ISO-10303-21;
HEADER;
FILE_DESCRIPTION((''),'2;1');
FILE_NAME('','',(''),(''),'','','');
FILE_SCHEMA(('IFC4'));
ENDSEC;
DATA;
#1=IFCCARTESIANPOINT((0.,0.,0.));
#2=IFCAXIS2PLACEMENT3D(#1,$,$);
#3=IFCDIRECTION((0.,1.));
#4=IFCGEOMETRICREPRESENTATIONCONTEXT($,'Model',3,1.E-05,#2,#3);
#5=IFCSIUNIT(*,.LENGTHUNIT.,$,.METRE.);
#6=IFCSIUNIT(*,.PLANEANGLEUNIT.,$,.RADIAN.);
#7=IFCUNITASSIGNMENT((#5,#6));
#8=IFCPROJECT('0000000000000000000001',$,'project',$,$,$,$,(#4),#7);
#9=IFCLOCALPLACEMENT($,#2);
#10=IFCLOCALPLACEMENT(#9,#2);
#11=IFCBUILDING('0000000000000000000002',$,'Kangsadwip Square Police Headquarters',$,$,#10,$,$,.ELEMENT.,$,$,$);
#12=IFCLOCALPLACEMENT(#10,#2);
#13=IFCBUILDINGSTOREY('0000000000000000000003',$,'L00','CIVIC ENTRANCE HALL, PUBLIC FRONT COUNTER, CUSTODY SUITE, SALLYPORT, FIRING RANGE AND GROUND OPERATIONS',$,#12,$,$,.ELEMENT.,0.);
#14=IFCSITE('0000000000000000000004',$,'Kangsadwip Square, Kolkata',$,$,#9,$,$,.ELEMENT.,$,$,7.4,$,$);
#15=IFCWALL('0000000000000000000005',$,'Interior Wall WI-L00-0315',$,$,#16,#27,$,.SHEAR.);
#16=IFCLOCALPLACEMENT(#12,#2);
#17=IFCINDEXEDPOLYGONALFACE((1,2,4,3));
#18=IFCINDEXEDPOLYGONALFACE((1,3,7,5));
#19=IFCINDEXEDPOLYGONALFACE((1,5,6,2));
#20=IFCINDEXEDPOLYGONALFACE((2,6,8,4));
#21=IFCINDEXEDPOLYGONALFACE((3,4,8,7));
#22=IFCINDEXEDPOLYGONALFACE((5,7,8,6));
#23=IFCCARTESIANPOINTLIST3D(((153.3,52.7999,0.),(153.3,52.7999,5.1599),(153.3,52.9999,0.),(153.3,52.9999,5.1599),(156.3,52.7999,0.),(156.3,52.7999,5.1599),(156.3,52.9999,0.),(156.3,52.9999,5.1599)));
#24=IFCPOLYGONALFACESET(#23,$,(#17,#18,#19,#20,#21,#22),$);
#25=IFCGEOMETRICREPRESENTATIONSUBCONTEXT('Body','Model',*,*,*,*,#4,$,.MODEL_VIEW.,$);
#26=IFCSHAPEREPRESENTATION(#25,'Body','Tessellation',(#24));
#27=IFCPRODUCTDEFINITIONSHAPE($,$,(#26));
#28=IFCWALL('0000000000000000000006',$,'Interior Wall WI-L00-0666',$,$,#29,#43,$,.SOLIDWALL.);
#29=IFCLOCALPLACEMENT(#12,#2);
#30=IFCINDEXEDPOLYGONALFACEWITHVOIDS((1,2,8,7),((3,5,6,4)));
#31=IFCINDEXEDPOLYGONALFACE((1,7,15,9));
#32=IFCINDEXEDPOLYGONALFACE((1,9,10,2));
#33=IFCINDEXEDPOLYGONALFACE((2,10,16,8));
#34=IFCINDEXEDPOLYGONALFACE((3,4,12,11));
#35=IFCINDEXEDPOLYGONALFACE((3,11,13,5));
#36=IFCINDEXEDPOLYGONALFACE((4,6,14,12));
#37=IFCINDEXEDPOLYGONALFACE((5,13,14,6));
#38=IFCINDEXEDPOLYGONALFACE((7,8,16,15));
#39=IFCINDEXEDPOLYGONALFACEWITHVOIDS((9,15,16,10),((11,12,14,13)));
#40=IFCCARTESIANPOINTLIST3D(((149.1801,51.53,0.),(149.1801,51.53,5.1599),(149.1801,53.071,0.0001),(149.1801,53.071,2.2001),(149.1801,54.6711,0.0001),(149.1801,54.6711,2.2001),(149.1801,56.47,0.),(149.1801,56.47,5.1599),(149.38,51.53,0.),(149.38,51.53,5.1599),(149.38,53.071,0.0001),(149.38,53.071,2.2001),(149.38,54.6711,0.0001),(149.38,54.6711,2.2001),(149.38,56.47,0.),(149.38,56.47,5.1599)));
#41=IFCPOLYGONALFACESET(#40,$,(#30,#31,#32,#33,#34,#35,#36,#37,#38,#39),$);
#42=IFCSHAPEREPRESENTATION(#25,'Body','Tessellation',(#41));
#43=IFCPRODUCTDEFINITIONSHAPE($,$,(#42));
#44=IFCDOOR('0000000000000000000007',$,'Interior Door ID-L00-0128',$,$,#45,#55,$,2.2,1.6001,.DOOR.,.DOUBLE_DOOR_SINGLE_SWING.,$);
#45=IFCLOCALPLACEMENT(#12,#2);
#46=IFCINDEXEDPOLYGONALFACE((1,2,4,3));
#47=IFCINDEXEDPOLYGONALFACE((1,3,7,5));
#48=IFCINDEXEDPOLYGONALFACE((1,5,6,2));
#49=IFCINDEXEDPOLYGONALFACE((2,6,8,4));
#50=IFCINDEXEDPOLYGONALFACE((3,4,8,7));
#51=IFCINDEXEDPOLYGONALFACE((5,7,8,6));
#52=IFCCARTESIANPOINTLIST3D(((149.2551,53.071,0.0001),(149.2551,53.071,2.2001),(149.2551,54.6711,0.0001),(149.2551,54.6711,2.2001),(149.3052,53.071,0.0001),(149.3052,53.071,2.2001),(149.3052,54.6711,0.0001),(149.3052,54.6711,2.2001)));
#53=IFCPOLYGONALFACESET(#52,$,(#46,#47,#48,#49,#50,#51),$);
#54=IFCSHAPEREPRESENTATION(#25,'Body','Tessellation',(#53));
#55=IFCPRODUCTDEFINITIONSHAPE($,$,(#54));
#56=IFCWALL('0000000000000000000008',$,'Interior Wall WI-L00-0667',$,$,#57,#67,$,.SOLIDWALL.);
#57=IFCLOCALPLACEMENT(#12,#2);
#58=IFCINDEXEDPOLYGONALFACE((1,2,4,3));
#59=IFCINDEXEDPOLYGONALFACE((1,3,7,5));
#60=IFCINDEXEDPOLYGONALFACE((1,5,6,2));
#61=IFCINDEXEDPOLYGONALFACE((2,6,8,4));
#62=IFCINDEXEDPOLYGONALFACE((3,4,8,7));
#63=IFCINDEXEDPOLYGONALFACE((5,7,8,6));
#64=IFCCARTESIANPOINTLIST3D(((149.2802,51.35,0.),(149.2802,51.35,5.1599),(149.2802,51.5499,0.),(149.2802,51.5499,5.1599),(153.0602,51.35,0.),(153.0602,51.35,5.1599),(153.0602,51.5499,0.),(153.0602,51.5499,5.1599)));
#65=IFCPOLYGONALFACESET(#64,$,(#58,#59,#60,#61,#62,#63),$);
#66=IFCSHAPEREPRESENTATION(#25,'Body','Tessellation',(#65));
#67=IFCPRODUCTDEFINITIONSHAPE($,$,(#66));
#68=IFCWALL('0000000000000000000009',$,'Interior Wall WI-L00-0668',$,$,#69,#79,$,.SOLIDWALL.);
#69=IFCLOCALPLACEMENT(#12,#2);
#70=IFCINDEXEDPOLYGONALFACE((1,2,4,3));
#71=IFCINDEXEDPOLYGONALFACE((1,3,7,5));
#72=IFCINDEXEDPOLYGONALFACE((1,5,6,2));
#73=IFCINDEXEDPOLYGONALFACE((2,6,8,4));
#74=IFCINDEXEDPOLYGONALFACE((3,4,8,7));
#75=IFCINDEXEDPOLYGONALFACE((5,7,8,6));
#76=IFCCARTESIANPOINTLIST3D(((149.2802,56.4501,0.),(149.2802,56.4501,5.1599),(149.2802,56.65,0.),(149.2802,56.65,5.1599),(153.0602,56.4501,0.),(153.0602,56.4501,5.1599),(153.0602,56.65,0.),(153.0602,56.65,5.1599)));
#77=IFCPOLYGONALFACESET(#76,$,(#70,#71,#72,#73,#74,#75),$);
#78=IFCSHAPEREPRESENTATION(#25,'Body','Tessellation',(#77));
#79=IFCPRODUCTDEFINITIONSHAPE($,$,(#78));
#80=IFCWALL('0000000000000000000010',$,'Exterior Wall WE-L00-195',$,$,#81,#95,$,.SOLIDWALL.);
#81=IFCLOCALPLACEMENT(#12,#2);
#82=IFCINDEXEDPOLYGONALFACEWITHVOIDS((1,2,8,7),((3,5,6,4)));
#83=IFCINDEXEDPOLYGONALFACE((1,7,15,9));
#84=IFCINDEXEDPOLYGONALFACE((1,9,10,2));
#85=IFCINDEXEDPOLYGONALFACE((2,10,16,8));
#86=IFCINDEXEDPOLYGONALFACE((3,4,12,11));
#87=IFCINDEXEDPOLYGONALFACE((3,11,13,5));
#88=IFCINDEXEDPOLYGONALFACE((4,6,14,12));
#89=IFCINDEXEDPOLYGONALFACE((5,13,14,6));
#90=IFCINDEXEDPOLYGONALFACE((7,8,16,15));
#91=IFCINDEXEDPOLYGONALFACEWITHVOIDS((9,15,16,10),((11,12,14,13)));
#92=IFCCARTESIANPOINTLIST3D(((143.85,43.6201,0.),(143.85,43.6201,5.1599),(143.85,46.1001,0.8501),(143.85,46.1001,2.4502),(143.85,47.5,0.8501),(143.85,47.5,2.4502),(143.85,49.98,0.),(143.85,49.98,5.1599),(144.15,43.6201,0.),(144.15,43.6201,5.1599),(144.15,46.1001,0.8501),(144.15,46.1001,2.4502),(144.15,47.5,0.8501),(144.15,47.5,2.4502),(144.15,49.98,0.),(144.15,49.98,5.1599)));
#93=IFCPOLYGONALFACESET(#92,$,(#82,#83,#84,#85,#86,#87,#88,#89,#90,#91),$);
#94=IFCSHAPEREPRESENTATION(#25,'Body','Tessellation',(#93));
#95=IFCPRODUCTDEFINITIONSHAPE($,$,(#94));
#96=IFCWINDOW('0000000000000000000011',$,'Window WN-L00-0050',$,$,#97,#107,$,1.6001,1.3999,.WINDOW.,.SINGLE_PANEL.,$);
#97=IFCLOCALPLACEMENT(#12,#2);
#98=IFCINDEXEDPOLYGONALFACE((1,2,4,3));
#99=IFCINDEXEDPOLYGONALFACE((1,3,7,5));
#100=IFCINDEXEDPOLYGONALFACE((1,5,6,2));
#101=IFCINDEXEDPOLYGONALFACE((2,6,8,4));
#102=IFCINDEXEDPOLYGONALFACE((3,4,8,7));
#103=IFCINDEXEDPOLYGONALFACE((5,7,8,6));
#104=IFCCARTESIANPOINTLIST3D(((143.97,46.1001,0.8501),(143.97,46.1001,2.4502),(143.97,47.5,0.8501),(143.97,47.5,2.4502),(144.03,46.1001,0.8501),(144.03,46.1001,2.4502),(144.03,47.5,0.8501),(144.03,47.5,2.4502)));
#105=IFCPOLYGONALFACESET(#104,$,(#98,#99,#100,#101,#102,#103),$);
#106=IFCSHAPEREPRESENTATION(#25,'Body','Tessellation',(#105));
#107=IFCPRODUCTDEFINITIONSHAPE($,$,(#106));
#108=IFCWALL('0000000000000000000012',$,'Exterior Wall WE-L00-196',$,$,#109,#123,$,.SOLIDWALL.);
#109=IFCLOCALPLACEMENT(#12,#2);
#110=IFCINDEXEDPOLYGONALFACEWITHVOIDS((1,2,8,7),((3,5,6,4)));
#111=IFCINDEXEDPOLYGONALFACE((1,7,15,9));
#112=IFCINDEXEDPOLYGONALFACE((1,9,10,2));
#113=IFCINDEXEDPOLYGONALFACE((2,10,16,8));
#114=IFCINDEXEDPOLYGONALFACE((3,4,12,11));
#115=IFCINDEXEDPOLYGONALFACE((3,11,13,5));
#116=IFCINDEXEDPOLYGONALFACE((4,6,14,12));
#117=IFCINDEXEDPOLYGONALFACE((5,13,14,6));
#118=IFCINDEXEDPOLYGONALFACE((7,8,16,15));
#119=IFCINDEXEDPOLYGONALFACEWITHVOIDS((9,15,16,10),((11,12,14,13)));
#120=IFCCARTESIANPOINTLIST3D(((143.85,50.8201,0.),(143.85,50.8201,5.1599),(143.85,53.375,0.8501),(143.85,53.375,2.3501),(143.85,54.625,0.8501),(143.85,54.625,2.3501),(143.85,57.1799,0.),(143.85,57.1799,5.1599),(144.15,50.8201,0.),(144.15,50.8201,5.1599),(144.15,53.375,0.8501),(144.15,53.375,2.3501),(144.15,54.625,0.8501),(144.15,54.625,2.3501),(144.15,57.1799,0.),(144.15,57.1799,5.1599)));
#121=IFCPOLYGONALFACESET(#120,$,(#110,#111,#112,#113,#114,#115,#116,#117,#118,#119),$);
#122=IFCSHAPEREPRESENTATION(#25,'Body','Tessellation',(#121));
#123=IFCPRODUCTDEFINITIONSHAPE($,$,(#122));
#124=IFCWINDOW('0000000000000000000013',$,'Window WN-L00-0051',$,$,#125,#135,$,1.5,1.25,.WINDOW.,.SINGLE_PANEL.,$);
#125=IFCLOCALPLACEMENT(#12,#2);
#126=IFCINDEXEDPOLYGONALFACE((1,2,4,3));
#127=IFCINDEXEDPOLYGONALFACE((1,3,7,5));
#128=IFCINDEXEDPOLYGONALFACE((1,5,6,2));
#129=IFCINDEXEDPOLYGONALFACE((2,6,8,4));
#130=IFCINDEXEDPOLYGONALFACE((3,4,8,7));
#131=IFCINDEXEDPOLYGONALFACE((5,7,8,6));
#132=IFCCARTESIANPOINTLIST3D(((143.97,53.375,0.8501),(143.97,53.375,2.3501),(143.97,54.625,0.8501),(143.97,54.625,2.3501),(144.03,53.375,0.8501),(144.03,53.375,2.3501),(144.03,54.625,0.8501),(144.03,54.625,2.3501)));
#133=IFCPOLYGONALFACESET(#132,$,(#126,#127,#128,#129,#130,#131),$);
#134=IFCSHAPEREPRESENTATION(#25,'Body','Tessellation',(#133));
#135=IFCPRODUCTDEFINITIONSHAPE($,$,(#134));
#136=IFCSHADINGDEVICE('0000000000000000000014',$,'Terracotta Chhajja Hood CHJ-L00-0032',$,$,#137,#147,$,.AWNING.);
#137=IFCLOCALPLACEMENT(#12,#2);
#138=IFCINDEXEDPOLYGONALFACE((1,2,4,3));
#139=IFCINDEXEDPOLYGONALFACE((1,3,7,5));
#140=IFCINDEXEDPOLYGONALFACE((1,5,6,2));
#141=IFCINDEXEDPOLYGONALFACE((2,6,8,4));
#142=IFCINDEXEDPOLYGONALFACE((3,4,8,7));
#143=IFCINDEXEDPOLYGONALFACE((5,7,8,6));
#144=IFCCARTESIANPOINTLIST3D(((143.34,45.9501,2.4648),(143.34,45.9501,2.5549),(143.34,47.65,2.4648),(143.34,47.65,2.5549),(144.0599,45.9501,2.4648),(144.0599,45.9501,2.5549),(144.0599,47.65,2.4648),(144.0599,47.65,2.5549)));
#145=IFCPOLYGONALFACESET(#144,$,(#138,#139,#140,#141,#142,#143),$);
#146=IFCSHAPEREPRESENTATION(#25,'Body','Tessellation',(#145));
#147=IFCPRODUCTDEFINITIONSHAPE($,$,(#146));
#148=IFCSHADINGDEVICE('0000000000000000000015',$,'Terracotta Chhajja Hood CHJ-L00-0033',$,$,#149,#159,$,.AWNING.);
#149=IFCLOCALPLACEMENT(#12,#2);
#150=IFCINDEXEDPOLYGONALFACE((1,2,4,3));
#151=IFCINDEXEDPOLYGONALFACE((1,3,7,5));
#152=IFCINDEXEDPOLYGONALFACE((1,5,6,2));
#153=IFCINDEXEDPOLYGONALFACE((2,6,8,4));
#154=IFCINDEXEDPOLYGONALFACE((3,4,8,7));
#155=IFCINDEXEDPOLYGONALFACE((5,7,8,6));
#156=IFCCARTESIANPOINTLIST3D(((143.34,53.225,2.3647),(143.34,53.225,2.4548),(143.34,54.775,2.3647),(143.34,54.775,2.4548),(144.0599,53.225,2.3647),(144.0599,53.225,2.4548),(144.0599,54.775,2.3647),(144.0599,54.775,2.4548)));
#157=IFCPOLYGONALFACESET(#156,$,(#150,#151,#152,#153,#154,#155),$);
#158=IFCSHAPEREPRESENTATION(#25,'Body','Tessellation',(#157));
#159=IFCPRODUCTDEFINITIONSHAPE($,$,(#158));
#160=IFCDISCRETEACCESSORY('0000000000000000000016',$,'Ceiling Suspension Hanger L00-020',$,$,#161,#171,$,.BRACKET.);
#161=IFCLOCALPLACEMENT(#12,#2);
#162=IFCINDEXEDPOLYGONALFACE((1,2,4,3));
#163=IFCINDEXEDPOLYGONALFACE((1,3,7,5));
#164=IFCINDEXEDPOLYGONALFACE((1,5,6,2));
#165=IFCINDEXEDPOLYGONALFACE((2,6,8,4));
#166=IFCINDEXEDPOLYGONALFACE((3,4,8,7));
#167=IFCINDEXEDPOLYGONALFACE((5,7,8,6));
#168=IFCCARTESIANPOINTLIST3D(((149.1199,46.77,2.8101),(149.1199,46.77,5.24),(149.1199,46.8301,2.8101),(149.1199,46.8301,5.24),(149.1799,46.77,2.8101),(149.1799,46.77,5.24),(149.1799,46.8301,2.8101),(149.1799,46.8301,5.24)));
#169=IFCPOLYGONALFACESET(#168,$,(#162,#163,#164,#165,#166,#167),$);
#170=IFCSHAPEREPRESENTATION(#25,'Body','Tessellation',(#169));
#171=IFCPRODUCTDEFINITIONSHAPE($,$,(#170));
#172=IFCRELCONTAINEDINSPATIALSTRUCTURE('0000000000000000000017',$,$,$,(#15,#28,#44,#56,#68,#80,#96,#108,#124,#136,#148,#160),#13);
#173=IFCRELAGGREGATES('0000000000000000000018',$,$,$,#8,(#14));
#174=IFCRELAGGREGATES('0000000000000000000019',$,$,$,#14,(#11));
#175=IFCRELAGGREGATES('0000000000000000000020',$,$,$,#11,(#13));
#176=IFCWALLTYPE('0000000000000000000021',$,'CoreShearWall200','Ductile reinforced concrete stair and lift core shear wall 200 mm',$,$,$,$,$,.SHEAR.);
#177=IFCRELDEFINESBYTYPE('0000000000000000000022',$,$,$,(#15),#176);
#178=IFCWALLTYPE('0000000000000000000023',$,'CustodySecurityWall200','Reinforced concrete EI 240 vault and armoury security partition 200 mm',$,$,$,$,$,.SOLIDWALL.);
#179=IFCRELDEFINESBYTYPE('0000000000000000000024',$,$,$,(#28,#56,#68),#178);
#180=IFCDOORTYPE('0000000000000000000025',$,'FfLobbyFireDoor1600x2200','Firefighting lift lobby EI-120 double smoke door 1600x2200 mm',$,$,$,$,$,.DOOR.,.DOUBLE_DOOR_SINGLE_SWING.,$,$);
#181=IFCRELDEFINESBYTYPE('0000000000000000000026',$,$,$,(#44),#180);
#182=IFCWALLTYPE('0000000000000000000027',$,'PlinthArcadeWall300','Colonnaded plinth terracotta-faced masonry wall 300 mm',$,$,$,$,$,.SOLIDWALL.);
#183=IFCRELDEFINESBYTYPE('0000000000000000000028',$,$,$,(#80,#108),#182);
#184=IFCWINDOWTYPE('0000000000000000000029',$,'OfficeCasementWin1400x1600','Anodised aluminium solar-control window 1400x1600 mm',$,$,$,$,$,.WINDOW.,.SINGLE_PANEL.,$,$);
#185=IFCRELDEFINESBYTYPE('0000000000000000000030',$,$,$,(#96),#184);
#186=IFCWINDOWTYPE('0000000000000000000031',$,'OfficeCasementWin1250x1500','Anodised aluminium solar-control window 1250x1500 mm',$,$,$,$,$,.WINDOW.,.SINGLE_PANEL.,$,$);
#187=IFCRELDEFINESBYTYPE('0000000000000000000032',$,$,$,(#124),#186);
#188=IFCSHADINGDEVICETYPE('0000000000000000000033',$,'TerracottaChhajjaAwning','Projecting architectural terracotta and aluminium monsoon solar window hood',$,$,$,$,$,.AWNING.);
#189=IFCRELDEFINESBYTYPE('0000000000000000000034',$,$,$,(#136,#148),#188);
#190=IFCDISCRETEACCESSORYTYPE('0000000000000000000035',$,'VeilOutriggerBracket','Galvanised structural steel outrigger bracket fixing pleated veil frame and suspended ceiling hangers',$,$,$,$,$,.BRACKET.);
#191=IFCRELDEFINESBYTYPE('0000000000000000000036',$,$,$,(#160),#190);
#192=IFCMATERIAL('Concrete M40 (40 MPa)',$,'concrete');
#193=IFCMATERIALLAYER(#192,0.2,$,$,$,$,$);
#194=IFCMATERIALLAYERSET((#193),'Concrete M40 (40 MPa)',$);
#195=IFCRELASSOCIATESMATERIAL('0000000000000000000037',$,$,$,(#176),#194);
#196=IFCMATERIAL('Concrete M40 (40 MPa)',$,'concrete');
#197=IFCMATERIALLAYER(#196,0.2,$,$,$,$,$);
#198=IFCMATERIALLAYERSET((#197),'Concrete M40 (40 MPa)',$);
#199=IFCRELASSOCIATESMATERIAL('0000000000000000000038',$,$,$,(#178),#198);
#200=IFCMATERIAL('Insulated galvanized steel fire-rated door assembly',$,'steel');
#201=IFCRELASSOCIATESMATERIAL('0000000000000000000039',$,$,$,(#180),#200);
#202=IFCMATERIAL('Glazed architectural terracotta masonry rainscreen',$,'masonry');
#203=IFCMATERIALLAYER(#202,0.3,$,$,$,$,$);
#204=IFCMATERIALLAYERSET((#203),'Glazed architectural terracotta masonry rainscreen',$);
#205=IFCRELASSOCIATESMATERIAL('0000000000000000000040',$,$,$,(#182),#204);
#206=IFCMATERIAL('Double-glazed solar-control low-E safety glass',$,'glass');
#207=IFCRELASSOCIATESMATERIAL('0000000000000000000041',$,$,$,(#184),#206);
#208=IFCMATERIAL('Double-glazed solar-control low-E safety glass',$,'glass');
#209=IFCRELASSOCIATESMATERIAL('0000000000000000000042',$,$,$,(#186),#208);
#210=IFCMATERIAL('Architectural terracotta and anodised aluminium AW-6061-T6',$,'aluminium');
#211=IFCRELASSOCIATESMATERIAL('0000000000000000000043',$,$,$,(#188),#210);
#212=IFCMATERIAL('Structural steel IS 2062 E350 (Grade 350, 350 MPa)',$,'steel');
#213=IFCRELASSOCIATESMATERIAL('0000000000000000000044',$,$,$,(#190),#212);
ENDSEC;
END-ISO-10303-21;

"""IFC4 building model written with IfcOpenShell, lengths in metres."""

from ifc_helpers import new_model, si_unit, direction, frame, frame_2d, origin, origin_2d, place, context, subcontext, project, spatial, rectangle, extrude, material, layer, layer_set, type_object, element, fill, save


model = new_model("IFC4")

# Units and contexts
model_context = context("Model", 3, precision=1e-05, world=origin(), true_north=direction((0.0, 1.0)))
body_context = subcontext(model_context, "Body", "Model", "MODEL_VIEW")
ifc_project = project(units=[si_unit("LENGTHUNIT", "METRE"), si_unit("PLANEANGLEUNIT", "RADIAN")], contexts=[model_context])

# Site, building, storey
site_placement = place(None, origin())
site = spatial("IfcSite", under=ifc_project, at=site_placement, Name="Kangsadwip Square, Kolkata", CompositionType="ELEMENT", RefElevation=7.4)
building_placement = place(site_placement, origin())
building = spatial("IfcBuilding", under=site, at=building_placement, Name="Kangsadwip Square Police Headquarters", CompositionType="ELEMENT")
storey_placement = place(building_placement, origin())
storey = spatial("IfcBuildingStorey", under=building, at=storey_placement, Name="L00", Description="CIVIC ENTRANCE HALL, PUBLIC FRONT COUNTER, CUSTODY SUITE, SALLYPORT, FIRING RANGE AND GROUND OPERATIONS", CompositionType="ELEMENT", Elevation=0.0)

# Wall
ifc_material_1 = material(Name="Concrete M40 (40 MPa)", Category="concrete")
ifc_layer_1 = layer(ifc_material_1, 0.2)
ifc_layer_set_1 = layer_set([ifc_layer_1], Name="Concrete M40 (40 MPa)")
wall_type_1 = type_object("IfcWallType", Name="CoreShearWall200", Description="Ductile reinforced concrete stair and lift core shear wall 200 mm", PredefinedType="SHEAR", material=ifc_layer_set_1)
wall_1_placement = place(storey_placement, frame((153.3, 52.8999, 0.0), z_axis=(0.0, 0.0, 1.0), x_axis=(1.0, 0.0, 0.0)))
element("IfcWall", 1, at=wall_1_placement, inside=storey, type_object=wall_type_1, Name="Interior Wall WI-L00-0315", PredefinedType="SHEAR", context=body_context, shape_type="SweptSolid", body=[
    extrude(rectangle(XDim=3.0, YDim=0.2, at=frame_2d((1.5, 0.0))), origin(), (0.0, 0.0, 1.0), 5.1599),
])

# Wall, opening, door
ifc_material_2 = material(Name="Concrete M40 (40 MPa)", Category="concrete")
ifc_layer_2 = layer(ifc_material_2, 0.2)
ifc_layer_set_2 = layer_set([ifc_layer_2], Name="Concrete M40 (40 MPa)")
wall_type_2 = type_object("IfcWallType", Name="CustodySecurityWall200", Description="Reinforced concrete EI 240 vault and armoury security partition 200 mm", PredefinedType="SOLIDWALL", material=ifc_layer_set_2)
wall_2_placement = place(storey_placement, frame((149.28, 51.53, 0.0), z_axis=(0.0, 0.0, 1.0), x_axis=(0.0, 1.0, 0.0)))
wall_2 = element("IfcWall", 2, at=wall_2_placement, inside=storey, type_object=wall_type_2, Name="Interior Wall WI-L00-0666", PredefinedType="SOLIDWALL", context=body_context, shape_type="SweptSolid", body=[
    extrude(rectangle(XDim=4.9399, YDim=0.2, at=frame_2d((2.47, 0.0))), origin(), (0.0, 0.0, 1.0), 5.1599),
])
opening_1_placement = place(wall_2_placement, frame((1.541, 0.0, 0.0)))
opening_1 = element("IfcOpeningElement", 3, at=opening_1_placement, cuts=wall_2, PredefinedType="OPENING", context=body_context, shape_type="SweptSolid", body=[
    extrude(rectangle(XDim=1.6001, YDim=2.2, at=frame_2d((0.8, 1.1001))), frame((0.0, 0.1099, 0.0), z_axis=(0.0, -1.0, 0.0), x_axis=(1.0, 0.0, 0.0)), (0.0, 0.0, 1.0), 0.22),
])
ifc_material_3 = material(Name="Insulated galvanized steel fire-rated door assembly", Category="steel")
door_type_1 = type_object("IfcDoorType", Name="FfLobbyFireDoor1600x2200", Description="Firefighting lift lobby EI-120 double smoke door 1600x2200 mm", OperationType="DOUBLE_DOOR_SINGLE_SWING", PredefinedType="DOOR", material=ifc_material_3)
door_1_placement = place(opening_1_placement, origin())
door_1 = element("IfcDoor", 4, at=door_1_placement, inside=storey, type_object=door_type_1, Name="Interior Door ID-L00-0128", OperationType="DOUBLE_DOOR_SINGLE_SWING", OverallHeight=2.2, OverallWidth=1.6001, PredefinedType="DOOR", context=body_context, shape_type="SweptSolid", body=[
    extrude(rectangle(XDim=1.6001, YDim=2.2, at=frame_2d((0.8, 1.1001))), frame((0.0, 0.0249, 0.0), z_axis=(0.0, -1.0, 0.0), x_axis=(1.0, 0.0, 0.0)), (0.0, 0.0, 1.0), 0.05),
])
fill(opening_1, door_1)

# Walls
for number, where, z_axis, x_axis, name in (
    (5, (149.28, 51.45, 0.0), (0.0, 0.0, 1.0), (1.0, 0.0, 0.0), "Interior Wall WI-L00-0667"),
    (6, (149.28, 56.55, 0.0), (0.0, 0.0, 1.0), (1.0, 0.0, 0.0), "Interior Wall WI-L00-0668"),
):
    element("IfcWall", number, at=place(storey_placement, frame(where, z_axis=z_axis, x_axis=x_axis)), inside=storey, type_object=wall_type_2, Name=name, PredefinedType="SOLIDWALL", context=body_context, shape_type="SweptSolid", body=[
        extrude(rectangle(XDim=3.78, YDim=0.2, at=frame_2d((1.8901, 0.0))), origin(), (0.0, 0.0, 1.0), 5.1599),
    ])

# Walls, openings, windows
ifc_material_4 = material(Name="Glazed architectural terracotta masonry rainscreen", Category="masonry")
ifc_layer_3 = layer(ifc_material_4, 0.3)
ifc_layer_set_3 = layer_set([ifc_layer_3], Name="Glazed architectural terracotta masonry rainscreen")
wall_type_3 = type_object("IfcWallType", Name="PlinthArcadeWall300", Description="Colonnaded plinth terracotta-faced masonry wall 300 mm", PredefinedType="SOLIDWALL", material=ifc_layer_set_3)
wall_3_placement = place(storey_placement, frame((144.0, 43.6201, 0.0), z_axis=(0.0, 0.0, 1.0), x_axis=(0.0, 1.0, 0.0)))
wall_3 = element("IfcWall", 7, at=wall_3_placement, inside=storey, type_object=wall_type_3, Name="Exterior Wall WE-L00-195", PredefinedType="SOLIDWALL", context=body_context, shape_type="SweptSolid", body=[
    extrude(rectangle(XDim=6.3599, YDim=0.3, at=frame_2d((3.1799, 0.0))), origin(), (0.0, 0.0, 1.0), 5.1599),
])
opening_2_placement = place(wall_3_placement, frame((2.48, 0.0, 0.8501)))
opening_2 = element("IfcOpeningElement", 8, at=opening_2_placement, cuts=wall_3, PredefinedType="OPENING", context=body_context, shape_type="SweptSolid", body=[
    extrude(rectangle(XDim=1.3999, YDim=1.6001, at=frame_2d((0.7, 0.8))), frame((0.0, 0.1599, 0.0), z_axis=(0.0, -1.0, 0.0), x_axis=(1.0, 0.0, 0.0)), (0.0, 0.0, 1.0), 0.3201),
])
ifc_material_5 = material(Name="Double-glazed solar-control low-E safety glass", Category="glass")
window_type_1 = type_object("IfcWindowType", Name="OfficeCasementWin1400x1600", Description="Anodised aluminium solar-control window 1400x1600 mm", PartitioningType="SINGLE_PANEL", PredefinedType="WINDOW", material=ifc_material_5)
window_1_placement = place(opening_2_placement, origin())
window_1 = element("IfcWindow", 9, at=window_1_placement, inside=storey, type_object=window_type_1, Name="Window WN-L00-0050", OverallHeight=1.6001, OverallWidth=1.3999, PartitioningType="SINGLE_PANEL", PredefinedType="WINDOW", context=body_context, shape_type="SweptSolid", body=[
    extrude(rectangle(XDim=1.3999, YDim=1.6001, at=frame_2d((0.7, 0.8))), frame((0.0, 0.03, 0.0), z_axis=(0.0, -1.0, 0.0), x_axis=(1.0, 0.0, 0.0)), (0.0, 0.0, 1.0), 0.0601),
])
fill(opening_2, window_1)
wall_4_placement = place(storey_placement, frame((144.0, 50.8201, 0.0), z_axis=(0.0, 0.0, 1.0), x_axis=(0.0, 1.0, 0.0)))
wall_4 = element("IfcWall", 10, at=wall_4_placement, inside=storey, type_object=wall_type_3, Name="Exterior Wall WE-L00-196", PredefinedType="SOLIDWALL", context=body_context, shape_type="SweptSolid", body=[
    extrude(rectangle(XDim=6.3599, YDim=0.3, at=frame_2d((3.1799, 0.0))), origin(), (0.0, 0.0, 1.0), 5.1599),
])
opening_3_placement = place(wall_4_placement, frame((2.5549, 0.0, 0.8501)))
opening_3 = element("IfcOpeningElement", 11, at=opening_3_placement, cuts=wall_4, PredefinedType="OPENING", context=body_context, shape_type="SweptSolid", body=[
    extrude(rectangle(XDim=1.25, YDim=1.5, at=frame_2d((0.625, 0.75))), frame((0.0, 0.1599, 0.0), z_axis=(0.0, -1.0, 0.0), x_axis=(1.0, 0.0, 0.0)), (0.0, 0.0, 1.0), 0.3201),
])
ifc_material_6 = material(Name="Double-glazed solar-control low-E safety glass", Category="glass")
window_type_2 = type_object("IfcWindowType", Name="OfficeCasementWin1250x1500", Description="Anodised aluminium solar-control window 1250x1500 mm", PartitioningType="SINGLE_PANEL", PredefinedType="WINDOW", material=ifc_material_6)
window_2_placement = place(opening_3_placement, origin())
window_2 = element("IfcWindow", 12, at=window_2_placement, inside=storey, type_object=window_type_2, Name="Window WN-L00-0051", OverallHeight=1.5, OverallWidth=1.25, PartitioningType="SINGLE_PANEL", PredefinedType="WINDOW", context=body_context, shape_type="SweptSolid", body=[
    extrude(rectangle(XDim=1.25, YDim=1.5, at=frame_2d((0.625, 0.75))), frame((0.0, 0.03, 0.0), z_axis=(0.0, -1.0, 0.0), x_axis=(1.0, 0.0, 0.0)), (0.0, 0.0, 1.0), 0.0601),
])
fill(opening_3, window_2)

# Shading devices
ifc_material_7 = material(Name="Architectural terracotta and anodised aluminium AW-6061-T6", Category="aluminium")
shading_device_type = type_object("IfcShadingDeviceType", Name="TerracottaChhajjaAwning", Description="Projecting architectural terracotta and aluminium monsoon solar window hood", PredefinedType="AWNING", material=ifc_material_7)
shading_device_1_placement = place(storey_placement, frame((143.7, 46.8, 2.4648), z_axis=(0.0, 0.0, 1.0), x_axis=(0.0, 1.0, 0.0)))
element("IfcShadingDevice", 13, at=shading_device_1_placement, inside=storey, type_object=shading_device_type, Name="Terracotta Chhajja Hood CHJ-L00-0032", PredefinedType="AWNING", context=body_context, shape_type="SweptSolid", body=[
    extrude(rectangle(XDim=1.7, YDim=0.72, at=origin_2d()), origin(), (0.0, 0.0, 1.0), 0.0901),
])
shading_device_2_placement = place(storey_placement, frame((143.7, 54.0, 2.3647), z_axis=(0.0, 0.0, 1.0), x_axis=(0.0, 1.0, 0.0)))
element("IfcShadingDevice", 14, at=shading_device_2_placement, inside=storey, type_object=shading_device_type, Name="Terracotta Chhajja Hood CHJ-L00-0033", PredefinedType="AWNING", context=body_context, shape_type="SweptSolid", body=[
    extrude(rectangle(XDim=1.55, YDim=0.72, at=origin_2d()), origin(), (0.0, 0.0, 1.0), 0.0901),
])

# Discrete accessory
ifc_material_8 = material(Name="Structural steel IS 2062 E350 (Grade 350, 350 MPa)", Category="steel")
discrete_accessory_type = type_object("IfcDiscreteAccessoryType", Name="VeilOutriggerBracket", Description="Galvanised structural steel outrigger bracket fixing pleated veil frame and suspended ceiling hangers", PredefinedType="BRACKET", material=ifc_material_8)
discrete_accessory_placement = place(storey_placement, frame((149.1499, 46.8, 2.8101), z_axis=(0.0, 0.0, 1.0), x_axis=(1.0, 0.0, 0.0)))
element("IfcDiscreteAccessory", 15, at=discrete_accessory_placement, inside=storey, type_object=discrete_accessory_type, Name="Ceiling Suspension Hanger L00-020", PredefinedType="BRACKET", context=body_context, shape_type="SweptSolid", body=[
    extrude(rectangle(XDim=0.0601, YDim=0.0601, at=origin_2d()), origin(), (0.0, 0.0, 1.0), 2.4299),
])

save(model, "model.ifc")
